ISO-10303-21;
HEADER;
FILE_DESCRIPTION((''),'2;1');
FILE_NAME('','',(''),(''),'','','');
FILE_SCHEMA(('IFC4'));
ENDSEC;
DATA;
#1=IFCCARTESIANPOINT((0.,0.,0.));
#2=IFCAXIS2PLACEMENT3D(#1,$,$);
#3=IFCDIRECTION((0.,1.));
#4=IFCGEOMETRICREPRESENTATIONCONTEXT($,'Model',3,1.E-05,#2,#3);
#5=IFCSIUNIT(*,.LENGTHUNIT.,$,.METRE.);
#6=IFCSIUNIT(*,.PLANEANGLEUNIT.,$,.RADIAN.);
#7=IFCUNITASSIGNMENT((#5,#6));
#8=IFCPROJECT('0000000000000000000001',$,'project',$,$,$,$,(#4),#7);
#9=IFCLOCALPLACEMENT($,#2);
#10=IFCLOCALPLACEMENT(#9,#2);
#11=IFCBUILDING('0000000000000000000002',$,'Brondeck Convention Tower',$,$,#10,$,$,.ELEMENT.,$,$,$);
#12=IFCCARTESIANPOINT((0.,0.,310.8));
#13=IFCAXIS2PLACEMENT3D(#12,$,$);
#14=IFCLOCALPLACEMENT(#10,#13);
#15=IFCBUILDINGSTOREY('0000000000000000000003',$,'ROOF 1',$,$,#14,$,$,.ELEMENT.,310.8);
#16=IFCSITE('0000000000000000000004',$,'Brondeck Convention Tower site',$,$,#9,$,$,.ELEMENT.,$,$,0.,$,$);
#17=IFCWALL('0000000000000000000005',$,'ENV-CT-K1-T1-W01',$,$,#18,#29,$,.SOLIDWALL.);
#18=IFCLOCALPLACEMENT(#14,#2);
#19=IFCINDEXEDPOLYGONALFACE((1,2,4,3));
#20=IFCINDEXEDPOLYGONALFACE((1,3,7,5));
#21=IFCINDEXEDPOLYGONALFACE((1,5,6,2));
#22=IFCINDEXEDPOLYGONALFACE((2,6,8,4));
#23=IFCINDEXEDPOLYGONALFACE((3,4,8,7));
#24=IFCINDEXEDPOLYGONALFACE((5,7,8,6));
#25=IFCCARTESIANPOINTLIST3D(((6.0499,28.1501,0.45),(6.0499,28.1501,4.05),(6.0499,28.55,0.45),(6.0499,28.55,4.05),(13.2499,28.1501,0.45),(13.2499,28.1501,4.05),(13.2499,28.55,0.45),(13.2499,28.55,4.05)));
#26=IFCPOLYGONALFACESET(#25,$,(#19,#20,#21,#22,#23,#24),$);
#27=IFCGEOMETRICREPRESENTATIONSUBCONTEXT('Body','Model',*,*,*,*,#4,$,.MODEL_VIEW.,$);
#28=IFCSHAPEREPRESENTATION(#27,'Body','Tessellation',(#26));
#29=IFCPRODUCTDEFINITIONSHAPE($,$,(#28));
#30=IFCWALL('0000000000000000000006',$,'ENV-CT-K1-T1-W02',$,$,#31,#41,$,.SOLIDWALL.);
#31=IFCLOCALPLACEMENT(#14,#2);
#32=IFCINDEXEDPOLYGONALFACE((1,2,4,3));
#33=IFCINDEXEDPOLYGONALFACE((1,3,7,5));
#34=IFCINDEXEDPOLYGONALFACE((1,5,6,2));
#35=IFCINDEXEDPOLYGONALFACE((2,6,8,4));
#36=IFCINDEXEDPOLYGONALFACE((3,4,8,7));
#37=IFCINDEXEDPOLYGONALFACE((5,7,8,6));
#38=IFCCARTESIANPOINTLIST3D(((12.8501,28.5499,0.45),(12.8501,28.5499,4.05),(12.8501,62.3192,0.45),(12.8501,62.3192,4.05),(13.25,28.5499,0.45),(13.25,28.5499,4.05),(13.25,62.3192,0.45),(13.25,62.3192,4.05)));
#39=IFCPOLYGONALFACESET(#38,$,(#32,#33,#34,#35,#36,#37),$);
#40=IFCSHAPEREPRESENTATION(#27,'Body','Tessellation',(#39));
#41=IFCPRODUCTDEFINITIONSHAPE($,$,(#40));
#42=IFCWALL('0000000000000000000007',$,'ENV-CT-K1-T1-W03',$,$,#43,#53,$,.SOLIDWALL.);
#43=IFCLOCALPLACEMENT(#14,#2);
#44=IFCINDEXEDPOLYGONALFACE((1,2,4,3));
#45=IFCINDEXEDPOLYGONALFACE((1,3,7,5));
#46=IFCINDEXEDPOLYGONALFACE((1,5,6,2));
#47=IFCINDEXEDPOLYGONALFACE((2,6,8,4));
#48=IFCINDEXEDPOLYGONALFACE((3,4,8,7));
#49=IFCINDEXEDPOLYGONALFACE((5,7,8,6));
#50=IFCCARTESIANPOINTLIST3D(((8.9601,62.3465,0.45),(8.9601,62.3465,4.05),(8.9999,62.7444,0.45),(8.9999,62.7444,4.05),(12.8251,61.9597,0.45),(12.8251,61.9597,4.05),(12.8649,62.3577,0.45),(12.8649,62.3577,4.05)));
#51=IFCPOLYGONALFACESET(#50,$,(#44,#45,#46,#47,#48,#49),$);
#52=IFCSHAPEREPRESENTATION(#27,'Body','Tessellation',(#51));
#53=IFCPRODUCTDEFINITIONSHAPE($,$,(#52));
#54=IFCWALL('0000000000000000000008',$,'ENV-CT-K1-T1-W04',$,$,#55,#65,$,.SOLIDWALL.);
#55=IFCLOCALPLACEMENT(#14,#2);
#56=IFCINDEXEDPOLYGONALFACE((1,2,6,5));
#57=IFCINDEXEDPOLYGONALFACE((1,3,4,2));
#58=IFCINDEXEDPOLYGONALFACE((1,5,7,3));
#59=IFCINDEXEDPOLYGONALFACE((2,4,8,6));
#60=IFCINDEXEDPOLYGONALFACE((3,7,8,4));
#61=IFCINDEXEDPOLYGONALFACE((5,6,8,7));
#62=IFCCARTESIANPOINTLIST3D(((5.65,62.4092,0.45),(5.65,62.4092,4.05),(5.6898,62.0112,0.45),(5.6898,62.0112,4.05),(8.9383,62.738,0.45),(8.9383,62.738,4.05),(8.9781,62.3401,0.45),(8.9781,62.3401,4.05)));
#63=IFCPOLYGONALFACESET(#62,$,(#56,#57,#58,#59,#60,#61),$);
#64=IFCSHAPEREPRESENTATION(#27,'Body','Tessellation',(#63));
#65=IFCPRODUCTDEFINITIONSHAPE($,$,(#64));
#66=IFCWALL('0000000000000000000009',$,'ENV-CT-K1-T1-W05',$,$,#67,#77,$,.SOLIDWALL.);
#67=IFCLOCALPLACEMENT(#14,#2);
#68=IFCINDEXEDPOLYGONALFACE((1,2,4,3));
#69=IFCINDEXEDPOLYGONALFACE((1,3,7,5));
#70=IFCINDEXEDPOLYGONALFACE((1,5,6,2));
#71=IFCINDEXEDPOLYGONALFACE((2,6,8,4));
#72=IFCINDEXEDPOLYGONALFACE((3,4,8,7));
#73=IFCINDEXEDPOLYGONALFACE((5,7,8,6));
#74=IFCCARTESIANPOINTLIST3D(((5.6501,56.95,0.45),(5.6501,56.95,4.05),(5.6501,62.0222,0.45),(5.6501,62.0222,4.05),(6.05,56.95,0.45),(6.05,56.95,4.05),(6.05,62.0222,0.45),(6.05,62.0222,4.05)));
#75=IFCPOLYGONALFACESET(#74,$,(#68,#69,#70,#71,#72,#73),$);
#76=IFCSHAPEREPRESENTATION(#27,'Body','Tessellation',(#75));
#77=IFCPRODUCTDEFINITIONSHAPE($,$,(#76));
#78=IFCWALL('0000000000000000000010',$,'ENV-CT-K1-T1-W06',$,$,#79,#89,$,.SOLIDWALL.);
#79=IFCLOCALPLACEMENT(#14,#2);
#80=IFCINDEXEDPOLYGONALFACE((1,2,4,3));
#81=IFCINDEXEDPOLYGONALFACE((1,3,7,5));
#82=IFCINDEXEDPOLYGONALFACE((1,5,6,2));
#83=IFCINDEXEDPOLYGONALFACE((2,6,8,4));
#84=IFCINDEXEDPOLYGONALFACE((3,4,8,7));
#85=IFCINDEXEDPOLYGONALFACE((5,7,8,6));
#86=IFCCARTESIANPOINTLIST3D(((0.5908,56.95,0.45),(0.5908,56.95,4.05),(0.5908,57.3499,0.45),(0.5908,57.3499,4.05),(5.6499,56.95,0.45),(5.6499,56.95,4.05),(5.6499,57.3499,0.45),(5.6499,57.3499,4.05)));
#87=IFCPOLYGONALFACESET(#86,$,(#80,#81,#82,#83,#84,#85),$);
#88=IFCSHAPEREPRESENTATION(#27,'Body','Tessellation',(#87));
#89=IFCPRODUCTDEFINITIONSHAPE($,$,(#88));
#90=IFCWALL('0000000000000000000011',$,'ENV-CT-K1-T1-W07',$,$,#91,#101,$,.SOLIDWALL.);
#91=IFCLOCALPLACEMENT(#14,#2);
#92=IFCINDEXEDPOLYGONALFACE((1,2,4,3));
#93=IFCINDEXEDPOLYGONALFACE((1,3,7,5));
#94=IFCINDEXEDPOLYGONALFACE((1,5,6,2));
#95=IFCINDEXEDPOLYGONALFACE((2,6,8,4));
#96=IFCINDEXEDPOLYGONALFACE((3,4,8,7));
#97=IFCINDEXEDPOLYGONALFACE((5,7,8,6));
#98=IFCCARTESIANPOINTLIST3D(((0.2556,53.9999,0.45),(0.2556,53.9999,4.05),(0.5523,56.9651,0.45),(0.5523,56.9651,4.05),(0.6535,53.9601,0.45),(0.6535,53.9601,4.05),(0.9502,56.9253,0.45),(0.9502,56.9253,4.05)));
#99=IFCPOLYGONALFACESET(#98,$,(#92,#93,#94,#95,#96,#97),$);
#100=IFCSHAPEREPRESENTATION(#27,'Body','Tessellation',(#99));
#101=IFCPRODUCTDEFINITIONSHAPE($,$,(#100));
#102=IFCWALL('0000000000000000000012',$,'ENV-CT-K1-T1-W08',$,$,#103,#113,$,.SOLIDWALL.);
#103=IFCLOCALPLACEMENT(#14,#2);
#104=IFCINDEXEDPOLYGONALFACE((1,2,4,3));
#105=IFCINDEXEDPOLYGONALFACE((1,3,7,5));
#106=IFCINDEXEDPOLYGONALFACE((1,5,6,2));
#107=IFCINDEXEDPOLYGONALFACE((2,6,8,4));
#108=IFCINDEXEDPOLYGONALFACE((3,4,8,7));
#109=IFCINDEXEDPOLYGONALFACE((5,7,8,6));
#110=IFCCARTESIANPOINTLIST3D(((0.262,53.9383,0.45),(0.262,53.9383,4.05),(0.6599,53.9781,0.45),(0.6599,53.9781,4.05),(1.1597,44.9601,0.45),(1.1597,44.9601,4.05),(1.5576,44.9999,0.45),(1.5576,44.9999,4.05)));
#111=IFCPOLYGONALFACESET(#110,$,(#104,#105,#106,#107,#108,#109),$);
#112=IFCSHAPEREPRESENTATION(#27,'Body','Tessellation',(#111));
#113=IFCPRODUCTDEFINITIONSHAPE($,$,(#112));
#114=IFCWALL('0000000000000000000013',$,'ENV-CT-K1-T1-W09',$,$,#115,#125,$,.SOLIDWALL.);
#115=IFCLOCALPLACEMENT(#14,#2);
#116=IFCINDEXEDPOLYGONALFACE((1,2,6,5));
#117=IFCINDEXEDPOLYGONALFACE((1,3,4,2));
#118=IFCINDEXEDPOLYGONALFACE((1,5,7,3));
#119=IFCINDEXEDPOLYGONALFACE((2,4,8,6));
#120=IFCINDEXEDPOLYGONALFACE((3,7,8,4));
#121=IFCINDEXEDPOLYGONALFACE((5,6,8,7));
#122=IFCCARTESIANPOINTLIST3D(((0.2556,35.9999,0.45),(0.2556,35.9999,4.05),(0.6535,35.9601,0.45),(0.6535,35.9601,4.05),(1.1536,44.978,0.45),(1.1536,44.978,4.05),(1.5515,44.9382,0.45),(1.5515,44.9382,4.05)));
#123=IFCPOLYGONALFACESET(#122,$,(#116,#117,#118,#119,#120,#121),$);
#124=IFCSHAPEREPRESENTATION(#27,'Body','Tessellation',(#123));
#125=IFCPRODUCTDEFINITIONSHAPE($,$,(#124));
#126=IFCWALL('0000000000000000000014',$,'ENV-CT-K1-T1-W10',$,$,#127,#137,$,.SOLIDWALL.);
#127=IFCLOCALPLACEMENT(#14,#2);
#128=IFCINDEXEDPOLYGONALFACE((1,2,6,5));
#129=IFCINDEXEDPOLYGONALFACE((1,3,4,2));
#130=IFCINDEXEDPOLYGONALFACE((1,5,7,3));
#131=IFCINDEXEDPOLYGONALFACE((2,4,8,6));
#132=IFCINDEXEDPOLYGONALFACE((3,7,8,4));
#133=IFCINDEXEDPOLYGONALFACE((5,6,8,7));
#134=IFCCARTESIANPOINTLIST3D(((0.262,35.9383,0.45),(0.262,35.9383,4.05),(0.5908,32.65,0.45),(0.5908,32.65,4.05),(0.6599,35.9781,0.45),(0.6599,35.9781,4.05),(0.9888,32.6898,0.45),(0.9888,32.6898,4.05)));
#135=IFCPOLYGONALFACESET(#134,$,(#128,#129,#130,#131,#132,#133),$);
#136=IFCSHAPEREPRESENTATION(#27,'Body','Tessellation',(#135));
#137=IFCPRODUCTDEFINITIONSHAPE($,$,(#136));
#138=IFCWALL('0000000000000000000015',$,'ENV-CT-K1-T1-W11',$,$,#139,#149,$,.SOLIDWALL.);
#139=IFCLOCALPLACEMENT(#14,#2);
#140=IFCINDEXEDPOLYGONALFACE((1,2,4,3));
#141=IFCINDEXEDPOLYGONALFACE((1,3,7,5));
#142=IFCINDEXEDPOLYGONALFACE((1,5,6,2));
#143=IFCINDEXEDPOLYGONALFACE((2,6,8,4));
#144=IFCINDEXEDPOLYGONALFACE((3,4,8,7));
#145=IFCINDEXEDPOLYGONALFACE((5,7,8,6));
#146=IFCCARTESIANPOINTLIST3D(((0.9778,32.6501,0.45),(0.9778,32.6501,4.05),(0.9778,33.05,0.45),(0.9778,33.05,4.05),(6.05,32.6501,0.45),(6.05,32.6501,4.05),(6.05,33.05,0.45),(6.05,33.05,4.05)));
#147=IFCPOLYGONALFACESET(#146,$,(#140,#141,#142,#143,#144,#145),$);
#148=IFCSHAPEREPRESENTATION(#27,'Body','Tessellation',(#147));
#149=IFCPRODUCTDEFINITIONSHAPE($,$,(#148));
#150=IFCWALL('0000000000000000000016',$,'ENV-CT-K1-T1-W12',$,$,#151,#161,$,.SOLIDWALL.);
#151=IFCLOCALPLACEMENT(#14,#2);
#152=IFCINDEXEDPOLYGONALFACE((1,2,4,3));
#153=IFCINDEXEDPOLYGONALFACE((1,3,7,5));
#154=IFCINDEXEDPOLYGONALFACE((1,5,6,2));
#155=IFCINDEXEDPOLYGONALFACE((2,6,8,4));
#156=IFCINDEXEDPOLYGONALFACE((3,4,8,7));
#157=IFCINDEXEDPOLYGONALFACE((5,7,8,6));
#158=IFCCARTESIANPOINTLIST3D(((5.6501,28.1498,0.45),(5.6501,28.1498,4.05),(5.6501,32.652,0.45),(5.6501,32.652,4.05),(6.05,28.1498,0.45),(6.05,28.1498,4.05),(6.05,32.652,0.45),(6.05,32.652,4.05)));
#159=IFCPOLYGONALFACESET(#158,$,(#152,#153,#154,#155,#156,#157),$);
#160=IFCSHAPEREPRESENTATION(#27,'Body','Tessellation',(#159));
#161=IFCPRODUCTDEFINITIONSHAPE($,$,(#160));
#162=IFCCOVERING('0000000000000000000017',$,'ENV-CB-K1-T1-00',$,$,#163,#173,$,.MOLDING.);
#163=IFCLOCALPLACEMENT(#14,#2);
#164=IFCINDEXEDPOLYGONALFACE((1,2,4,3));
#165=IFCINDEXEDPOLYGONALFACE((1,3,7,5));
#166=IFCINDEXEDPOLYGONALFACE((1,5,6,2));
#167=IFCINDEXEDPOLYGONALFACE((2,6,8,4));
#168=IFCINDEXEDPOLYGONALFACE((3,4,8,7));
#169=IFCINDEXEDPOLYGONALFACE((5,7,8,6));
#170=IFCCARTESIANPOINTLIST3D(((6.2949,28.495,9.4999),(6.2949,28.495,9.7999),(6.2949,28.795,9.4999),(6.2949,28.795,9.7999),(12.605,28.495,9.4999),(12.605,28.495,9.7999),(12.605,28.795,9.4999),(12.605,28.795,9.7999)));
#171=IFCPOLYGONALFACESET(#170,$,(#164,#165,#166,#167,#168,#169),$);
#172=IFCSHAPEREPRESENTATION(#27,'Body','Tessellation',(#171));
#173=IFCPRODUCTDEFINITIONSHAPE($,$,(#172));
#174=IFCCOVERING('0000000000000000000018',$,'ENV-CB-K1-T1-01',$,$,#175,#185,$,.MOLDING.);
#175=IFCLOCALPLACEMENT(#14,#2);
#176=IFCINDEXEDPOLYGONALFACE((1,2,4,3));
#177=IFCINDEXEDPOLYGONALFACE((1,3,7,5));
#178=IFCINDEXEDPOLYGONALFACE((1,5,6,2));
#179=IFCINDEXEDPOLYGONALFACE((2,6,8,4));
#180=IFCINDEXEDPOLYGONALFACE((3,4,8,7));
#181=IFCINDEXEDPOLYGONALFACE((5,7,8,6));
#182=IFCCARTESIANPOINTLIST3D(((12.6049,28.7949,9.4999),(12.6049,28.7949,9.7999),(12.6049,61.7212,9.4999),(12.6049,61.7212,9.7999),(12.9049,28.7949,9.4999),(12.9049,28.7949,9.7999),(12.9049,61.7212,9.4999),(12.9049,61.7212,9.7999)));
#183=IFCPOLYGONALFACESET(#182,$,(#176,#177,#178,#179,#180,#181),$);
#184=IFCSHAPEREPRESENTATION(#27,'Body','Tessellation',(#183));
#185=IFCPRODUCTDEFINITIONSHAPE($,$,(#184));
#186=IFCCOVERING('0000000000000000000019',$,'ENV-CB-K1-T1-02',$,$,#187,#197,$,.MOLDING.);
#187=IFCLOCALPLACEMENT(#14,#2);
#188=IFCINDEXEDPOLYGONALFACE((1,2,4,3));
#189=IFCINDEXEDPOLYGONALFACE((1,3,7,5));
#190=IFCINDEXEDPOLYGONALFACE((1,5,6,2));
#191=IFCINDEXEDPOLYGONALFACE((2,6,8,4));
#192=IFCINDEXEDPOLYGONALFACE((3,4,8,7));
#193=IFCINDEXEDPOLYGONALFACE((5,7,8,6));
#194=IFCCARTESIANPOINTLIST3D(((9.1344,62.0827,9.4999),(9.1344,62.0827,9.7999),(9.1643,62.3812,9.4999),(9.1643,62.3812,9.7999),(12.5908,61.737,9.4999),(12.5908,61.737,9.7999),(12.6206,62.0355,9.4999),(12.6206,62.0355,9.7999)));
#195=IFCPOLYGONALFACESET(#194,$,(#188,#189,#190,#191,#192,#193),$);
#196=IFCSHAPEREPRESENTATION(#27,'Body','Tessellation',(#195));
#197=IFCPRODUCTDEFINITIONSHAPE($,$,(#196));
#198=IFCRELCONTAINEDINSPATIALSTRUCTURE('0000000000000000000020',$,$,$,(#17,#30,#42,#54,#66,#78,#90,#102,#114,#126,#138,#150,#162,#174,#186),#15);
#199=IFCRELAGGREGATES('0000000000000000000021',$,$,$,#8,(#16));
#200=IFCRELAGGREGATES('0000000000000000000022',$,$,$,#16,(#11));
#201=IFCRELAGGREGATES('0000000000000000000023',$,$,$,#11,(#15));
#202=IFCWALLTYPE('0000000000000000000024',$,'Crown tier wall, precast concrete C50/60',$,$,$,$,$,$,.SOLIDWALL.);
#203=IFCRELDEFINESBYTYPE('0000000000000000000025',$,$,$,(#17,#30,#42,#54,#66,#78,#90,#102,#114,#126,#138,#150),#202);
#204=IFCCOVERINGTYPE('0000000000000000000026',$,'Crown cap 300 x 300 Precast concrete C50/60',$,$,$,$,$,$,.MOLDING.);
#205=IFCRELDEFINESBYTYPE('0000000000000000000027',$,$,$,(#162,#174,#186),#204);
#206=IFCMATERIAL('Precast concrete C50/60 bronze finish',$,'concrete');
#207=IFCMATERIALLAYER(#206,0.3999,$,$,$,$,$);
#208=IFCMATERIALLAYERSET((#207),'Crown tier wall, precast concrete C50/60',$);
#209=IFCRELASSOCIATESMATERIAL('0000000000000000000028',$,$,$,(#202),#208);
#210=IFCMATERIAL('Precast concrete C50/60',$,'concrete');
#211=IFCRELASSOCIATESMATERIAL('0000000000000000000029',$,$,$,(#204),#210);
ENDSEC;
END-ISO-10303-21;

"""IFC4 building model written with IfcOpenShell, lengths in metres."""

from ifc_helpers import new_model, si_unit, direction, frame, frame_2d, origin, origin_2d, place, context, subcontext, project, spatial, rectangle, extrude, material, layer, layer_set, material_profile, profile_set, type_object, element, save


model = new_model("IFC4")

# Units and contexts
model_context = context("Model", 3, precision=1e-05, world=origin(), true_north=direction((0.0, 1.0)))
body_context = subcontext(model_context, "Body", "Model", "MODEL_VIEW")
ifc_project = project(units=[si_unit("LENGTHUNIT", "METRE"), si_unit("PLANEANGLEUNIT", "RADIAN")], contexts=[model_context])

# Site, building, storey
site_placement = place(None, origin())
site = spatial("IfcSite", under=ifc_project, at=site_placement, Name="Brondeck Convention Tower site", CompositionType="ELEMENT", RefElevation=0.0)
building_placement = place(site_placement, origin())
building = spatial("IfcBuilding", under=site, at=building_placement, Name="Brondeck Convention Tower", CompositionType="ELEMENT")
storey_placement = place(building_placement, frame((0.0, 0.0, 310.8)))
storey = spatial("IfcBuildingStorey", under=building, at=storey_placement, Name="ROOF 1", CompositionType="ELEMENT", Elevation=310.8)

# Walls
ifc_material_1 = material(Name="Precast concrete C50/60 bronze finish", Category="concrete")
ifc_layer_1 = layer(ifc_material_1, 0.3999)
ifc_layer_set_1 = layer_set([ifc_layer_1], Name="Crown tier wall, precast concrete C50/60")
wall_type = type_object("IfcWallType", Name="Crown tier wall, precast concrete C50/60", PredefinedType="SOLIDWALL", material=ifc_layer_set_1)
wall_1_placement = place(storey_placement, frame((13.25, 28.3501, 0.45), z_axis=(0.0, 0.0, 1.0), x_axis=(-1.0, 0.0, 0.0)))
element("IfcWall", 1, at=wall_1_placement, inside=storey, type_object=wall_type, Name="ENV-CT-K1-T1-W01", PredefinedType="SOLIDWALL", context=body_context, shape_type="SweptSolid", body=[
    extrude(rectangle(XDim=7.2, YDim=0.3999, at=frame_2d((3.6001, 0.0))), origin(), (0.0, 0.0, 1.0), 3.6001),
])
wall_2_placement = place(storey_placement, frame((13.05, 62.3193, 0.45), z_axis=(0.0, 0.0, 1.0), x_axis=(0.0, -1.0, 0.0)))
element("IfcWall", 2, at=wall_2_placement, inside=storey, type_object=wall_type, Name="ENV-CT-K1-T1-W02", PredefinedType="SOLIDWALL", context=body_context, shape_type="SweptSolid", body=[
    extrude(rectangle(XDim=33.7693, YDim=0.3999, at=frame_2d((16.8848, 0.0))), origin(), (0.0, 0.0, 1.0), 3.6001),
])
wall_3_placement = place(storey_placement, frame((8.98, 62.5454, 0.45), z_axis=(0.0, 0.0, 1.0), x_axis=(0.995032, -0.09956, 0.0)))
element("IfcWall", 3, at=wall_3_placement, inside=storey, type_object=wall_type, Name="ENV-CT-K1-T1-W03", PredefinedType="SOLIDWALL", context=body_context, shape_type="SweptSolid", body=[
    extrude(rectangle(XDim=3.8843, YDim=0.3999, at=frame_2d((1.9421, 0.0))), origin(), (0.0, 0.0, 1.0), 3.6001),
])
wall_4_placement = place(storey_placement, frame((5.6699, 62.2102, 0.45), z_axis=(0.0, 0.0, 1.0), x_axis=(0.995036, 0.099511, 0.0)))
element("IfcWall", 4, at=wall_4_placement, inside=storey, type_object=wall_type, Name="ENV-CT-K1-T1-W04", PredefinedType="SOLIDWALL", context=body_context, shape_type="SweptSolid", body=[
    extrude(rectangle(XDim=3.3047, YDim=0.3999, at=frame_2d((1.6523, 0.0))), origin(), (0.0, 0.0, 1.0), 3.6001),
])
wall_5_placement = place(storey_placement, frame((5.8501, 56.95, 0.45), z_axis=(0.0, 0.0, 1.0), x_axis=(0.0, 1.0, 0.0)))
element("IfcWall", 5, at=wall_5_placement, inside=storey, type_object=wall_type, Name="ENV-CT-K1-T1-W05", PredefinedType="SOLIDWALL", context=body_context, shape_type="SweptSolid", body=[
    extrude(rectangle(XDim=5.0723, YDim=0.3999, at=frame_2d((2.5361, 0.0))), origin(), (0.0, 0.0, 1.0), 3.6001),
])
wall_6_placement = place(storey_placement, frame((0.5908, 57.1499, 0.45), z_axis=(0.0, 0.0, 1.0), x_axis=(1.0, 0.0, 0.0)))
element("IfcWall", 6, at=wall_6_placement, inside=storey, type_object=wall_type, Name="ENV-CT-K1-T1-W06", PredefinedType="SOLIDWALL", context=body_context, shape_type="SweptSolid", body=[
    extrude(rectangle(XDim=5.0591, YDim=0.3999, at=frame_2d((2.5295, 0.0))), origin(), (0.0, 0.0, 1.0), 3.6001),
])
wall_7_placement = place(storey_placement, frame((0.4546, 53.98, 0.45), z_axis=(0.0, 0.0, 1.0), x_axis=(0.099544, 0.995033, 0.0)))
element("IfcWall", 7, at=wall_7_placement, inside=storey, type_object=wall_type, Name="ENV-CT-K1-T1-W07", PredefinedType="SOLIDWALL", context=body_context, shape_type="SweptSolid", body=[
    extrude(rectangle(XDim=2.98, YDim=0.3999, at=frame_2d((1.49, 0.0))), origin(), (0.0, 0.0, 1.0), 3.6001),
])
for number, where, z_axis, x_axis, name in (
    (8, (1.3586, 44.98, 0.45), (0.0, 0.0, 1.0), (-0.09949, 0.995039, 0.0), "ENV-CT-K1-T1-W08"),
    (9, (0.4546, 35.98, 0.45), (0.0, 0.0, 1.0), (0.099517, 0.995036, 0.0), "ENV-CT-K1-T1-W09"),
):
    element("IfcWall", number, at=place(storey_placement, frame(where, z_axis=z_axis, x_axis=x_axis)), inside=storey, type_object=wall_type, Name=name, PredefinedType="SOLIDWALL", context=body_context, shape_type="SweptSolid", body=[
        extrude(rectangle(XDim=9.0229, YDim=0.3999, at=frame_2d((4.5115, 0.0))), origin(), (0.0, 0.0, 1.0), 3.6001),
    ])
wall_8_placement = place(storey_placement, frame((0.7898, 32.6699, 0.45), z_axis=(0.0, 0.0, 1.0), x_axis=(-0.099511, 0.995036, 0.0)))
element("IfcWall", 10, at=wall_8_placement, inside=storey, type_object=wall_type, Name="ENV-CT-K1-T1-W10", PredefinedType="SOLIDWALL", context=body_context, shape_type="SweptSolid", body=[
    extrude(rectangle(XDim=3.3047, YDim=0.3999, at=frame_2d((1.6523, 0.0))), origin(), (0.0, 0.0, 1.0), 3.6001),
])
wall_9_placement = place(storey_placement, frame((6.05, 32.8501, 0.45), z_axis=(0.0, 0.0, 1.0), x_axis=(-1.0, 0.0, 0.0)))
element("IfcWall", 11, at=wall_9_placement, inside=storey, type_object=wall_type, Name="ENV-CT-K1-T1-W11", PredefinedType="SOLIDWALL", context=body_context, shape_type="SweptSolid", body=[
    extrude(rectangle(XDim=5.0723, YDim=0.3999, at=frame_2d((2.5361, 0.0))), origin(), (0.0, 0.0, 1.0), 3.6001),
])
wall_10_placement = place(storey_placement, frame((5.8501, 28.1499, 0.45), z_axis=(0.0, 0.0, 1.0), x_axis=(0.0, 1.0, 0.0)))
element("IfcWall", 12, at=wall_10_placement, inside=storey, type_object=wall_type, Name="ENV-CT-K1-T1-W12", PredefinedType="SOLIDWALL", context=body_context, shape_type="SweptSolid", body=[
    extrude(rectangle(XDim=4.5022, YDim=0.3999, at=frame_2d((2.251, 0.0))), origin(), (0.0, 0.0, 1.0), 3.6001),
])

# Coverings
ifc_material_2 = material(Name="Precast concrete C50/60", Category="concrete")
ifc_material_profile = material_profile(ifc_material_2, rectangle(XDim=0.3, YDim=0.3, at=origin_2d()), Name="Crown cap 300 x 300 Precast concrete C50/60")
ifc_profile_set = profile_set([ifc_material_profile], Name="Precast concrete C50/60")
covering_type_1 = type_object("IfcCoveringType", Name="Crown cap 300 x 300 Precast concrete C50/60", PredefinedType="MOLDING", material=ifc_profile_set)
covering_1_placement = place(storey_placement, frame((6.2949, 28.645, 9.6499), z_axis=(1.0, 0.0, 0.0), x_axis=(0.0, 1.0, 0.0)))
element("IfcCovering", 13, at=covering_1_placement, inside=storey, type_object=covering_type_1, Name="ENV-CB-K1-T1-00", PredefinedType="MOLDING", context=body_context, shape_type="SweptSolid", body=[
    extrude(rectangle(XDim=0.3, YDim=0.3, at=origin_2d()), origin(), (0.0, 0.0, 1.0), 6.3101),
])
covering_2_placement = place(storey_placement, frame((12.7549, 28.7949, 9.6499), z_axis=(0.0, 1.0, 0.0), x_axis=(-1.0, 0.0, 0.0)))
element("IfcCovering", 14, at=covering_2_placement, inside=storey, type_object=covering_type_1, Name="ENV-CB-K1-T1-01", PredefinedType="MOLDING", context=body_context, shape_type="SweptSolid", body=[
    extrude(rectangle(XDim=0.3, YDim=0.3, at=origin_2d()), origin(), (0.0, 0.0, 1.0), 32.9263),
])
covering_3_placement = place(storey_placement, frame((12.6057, 61.8862, 9.6499), z_axis=(-0.995035, 0.099525, 0.0), x_axis=(-0.099525, -0.995035, 0.0)))
element("IfcCovering", 15, at=covering_3_placement, inside=storey, type_object=covering_type_1, Name="ENV-CB-K1-T1-02", PredefinedType="MOLDING", context=body_context, shape_type="SweptSolid", body=[
    extrude(rectangle(XDim=0.3, YDim=0.3, at=origin_2d()), origin(), (0.0, 0.0, 1.0), 3.4736),
])

save(model, "model.ifc")
